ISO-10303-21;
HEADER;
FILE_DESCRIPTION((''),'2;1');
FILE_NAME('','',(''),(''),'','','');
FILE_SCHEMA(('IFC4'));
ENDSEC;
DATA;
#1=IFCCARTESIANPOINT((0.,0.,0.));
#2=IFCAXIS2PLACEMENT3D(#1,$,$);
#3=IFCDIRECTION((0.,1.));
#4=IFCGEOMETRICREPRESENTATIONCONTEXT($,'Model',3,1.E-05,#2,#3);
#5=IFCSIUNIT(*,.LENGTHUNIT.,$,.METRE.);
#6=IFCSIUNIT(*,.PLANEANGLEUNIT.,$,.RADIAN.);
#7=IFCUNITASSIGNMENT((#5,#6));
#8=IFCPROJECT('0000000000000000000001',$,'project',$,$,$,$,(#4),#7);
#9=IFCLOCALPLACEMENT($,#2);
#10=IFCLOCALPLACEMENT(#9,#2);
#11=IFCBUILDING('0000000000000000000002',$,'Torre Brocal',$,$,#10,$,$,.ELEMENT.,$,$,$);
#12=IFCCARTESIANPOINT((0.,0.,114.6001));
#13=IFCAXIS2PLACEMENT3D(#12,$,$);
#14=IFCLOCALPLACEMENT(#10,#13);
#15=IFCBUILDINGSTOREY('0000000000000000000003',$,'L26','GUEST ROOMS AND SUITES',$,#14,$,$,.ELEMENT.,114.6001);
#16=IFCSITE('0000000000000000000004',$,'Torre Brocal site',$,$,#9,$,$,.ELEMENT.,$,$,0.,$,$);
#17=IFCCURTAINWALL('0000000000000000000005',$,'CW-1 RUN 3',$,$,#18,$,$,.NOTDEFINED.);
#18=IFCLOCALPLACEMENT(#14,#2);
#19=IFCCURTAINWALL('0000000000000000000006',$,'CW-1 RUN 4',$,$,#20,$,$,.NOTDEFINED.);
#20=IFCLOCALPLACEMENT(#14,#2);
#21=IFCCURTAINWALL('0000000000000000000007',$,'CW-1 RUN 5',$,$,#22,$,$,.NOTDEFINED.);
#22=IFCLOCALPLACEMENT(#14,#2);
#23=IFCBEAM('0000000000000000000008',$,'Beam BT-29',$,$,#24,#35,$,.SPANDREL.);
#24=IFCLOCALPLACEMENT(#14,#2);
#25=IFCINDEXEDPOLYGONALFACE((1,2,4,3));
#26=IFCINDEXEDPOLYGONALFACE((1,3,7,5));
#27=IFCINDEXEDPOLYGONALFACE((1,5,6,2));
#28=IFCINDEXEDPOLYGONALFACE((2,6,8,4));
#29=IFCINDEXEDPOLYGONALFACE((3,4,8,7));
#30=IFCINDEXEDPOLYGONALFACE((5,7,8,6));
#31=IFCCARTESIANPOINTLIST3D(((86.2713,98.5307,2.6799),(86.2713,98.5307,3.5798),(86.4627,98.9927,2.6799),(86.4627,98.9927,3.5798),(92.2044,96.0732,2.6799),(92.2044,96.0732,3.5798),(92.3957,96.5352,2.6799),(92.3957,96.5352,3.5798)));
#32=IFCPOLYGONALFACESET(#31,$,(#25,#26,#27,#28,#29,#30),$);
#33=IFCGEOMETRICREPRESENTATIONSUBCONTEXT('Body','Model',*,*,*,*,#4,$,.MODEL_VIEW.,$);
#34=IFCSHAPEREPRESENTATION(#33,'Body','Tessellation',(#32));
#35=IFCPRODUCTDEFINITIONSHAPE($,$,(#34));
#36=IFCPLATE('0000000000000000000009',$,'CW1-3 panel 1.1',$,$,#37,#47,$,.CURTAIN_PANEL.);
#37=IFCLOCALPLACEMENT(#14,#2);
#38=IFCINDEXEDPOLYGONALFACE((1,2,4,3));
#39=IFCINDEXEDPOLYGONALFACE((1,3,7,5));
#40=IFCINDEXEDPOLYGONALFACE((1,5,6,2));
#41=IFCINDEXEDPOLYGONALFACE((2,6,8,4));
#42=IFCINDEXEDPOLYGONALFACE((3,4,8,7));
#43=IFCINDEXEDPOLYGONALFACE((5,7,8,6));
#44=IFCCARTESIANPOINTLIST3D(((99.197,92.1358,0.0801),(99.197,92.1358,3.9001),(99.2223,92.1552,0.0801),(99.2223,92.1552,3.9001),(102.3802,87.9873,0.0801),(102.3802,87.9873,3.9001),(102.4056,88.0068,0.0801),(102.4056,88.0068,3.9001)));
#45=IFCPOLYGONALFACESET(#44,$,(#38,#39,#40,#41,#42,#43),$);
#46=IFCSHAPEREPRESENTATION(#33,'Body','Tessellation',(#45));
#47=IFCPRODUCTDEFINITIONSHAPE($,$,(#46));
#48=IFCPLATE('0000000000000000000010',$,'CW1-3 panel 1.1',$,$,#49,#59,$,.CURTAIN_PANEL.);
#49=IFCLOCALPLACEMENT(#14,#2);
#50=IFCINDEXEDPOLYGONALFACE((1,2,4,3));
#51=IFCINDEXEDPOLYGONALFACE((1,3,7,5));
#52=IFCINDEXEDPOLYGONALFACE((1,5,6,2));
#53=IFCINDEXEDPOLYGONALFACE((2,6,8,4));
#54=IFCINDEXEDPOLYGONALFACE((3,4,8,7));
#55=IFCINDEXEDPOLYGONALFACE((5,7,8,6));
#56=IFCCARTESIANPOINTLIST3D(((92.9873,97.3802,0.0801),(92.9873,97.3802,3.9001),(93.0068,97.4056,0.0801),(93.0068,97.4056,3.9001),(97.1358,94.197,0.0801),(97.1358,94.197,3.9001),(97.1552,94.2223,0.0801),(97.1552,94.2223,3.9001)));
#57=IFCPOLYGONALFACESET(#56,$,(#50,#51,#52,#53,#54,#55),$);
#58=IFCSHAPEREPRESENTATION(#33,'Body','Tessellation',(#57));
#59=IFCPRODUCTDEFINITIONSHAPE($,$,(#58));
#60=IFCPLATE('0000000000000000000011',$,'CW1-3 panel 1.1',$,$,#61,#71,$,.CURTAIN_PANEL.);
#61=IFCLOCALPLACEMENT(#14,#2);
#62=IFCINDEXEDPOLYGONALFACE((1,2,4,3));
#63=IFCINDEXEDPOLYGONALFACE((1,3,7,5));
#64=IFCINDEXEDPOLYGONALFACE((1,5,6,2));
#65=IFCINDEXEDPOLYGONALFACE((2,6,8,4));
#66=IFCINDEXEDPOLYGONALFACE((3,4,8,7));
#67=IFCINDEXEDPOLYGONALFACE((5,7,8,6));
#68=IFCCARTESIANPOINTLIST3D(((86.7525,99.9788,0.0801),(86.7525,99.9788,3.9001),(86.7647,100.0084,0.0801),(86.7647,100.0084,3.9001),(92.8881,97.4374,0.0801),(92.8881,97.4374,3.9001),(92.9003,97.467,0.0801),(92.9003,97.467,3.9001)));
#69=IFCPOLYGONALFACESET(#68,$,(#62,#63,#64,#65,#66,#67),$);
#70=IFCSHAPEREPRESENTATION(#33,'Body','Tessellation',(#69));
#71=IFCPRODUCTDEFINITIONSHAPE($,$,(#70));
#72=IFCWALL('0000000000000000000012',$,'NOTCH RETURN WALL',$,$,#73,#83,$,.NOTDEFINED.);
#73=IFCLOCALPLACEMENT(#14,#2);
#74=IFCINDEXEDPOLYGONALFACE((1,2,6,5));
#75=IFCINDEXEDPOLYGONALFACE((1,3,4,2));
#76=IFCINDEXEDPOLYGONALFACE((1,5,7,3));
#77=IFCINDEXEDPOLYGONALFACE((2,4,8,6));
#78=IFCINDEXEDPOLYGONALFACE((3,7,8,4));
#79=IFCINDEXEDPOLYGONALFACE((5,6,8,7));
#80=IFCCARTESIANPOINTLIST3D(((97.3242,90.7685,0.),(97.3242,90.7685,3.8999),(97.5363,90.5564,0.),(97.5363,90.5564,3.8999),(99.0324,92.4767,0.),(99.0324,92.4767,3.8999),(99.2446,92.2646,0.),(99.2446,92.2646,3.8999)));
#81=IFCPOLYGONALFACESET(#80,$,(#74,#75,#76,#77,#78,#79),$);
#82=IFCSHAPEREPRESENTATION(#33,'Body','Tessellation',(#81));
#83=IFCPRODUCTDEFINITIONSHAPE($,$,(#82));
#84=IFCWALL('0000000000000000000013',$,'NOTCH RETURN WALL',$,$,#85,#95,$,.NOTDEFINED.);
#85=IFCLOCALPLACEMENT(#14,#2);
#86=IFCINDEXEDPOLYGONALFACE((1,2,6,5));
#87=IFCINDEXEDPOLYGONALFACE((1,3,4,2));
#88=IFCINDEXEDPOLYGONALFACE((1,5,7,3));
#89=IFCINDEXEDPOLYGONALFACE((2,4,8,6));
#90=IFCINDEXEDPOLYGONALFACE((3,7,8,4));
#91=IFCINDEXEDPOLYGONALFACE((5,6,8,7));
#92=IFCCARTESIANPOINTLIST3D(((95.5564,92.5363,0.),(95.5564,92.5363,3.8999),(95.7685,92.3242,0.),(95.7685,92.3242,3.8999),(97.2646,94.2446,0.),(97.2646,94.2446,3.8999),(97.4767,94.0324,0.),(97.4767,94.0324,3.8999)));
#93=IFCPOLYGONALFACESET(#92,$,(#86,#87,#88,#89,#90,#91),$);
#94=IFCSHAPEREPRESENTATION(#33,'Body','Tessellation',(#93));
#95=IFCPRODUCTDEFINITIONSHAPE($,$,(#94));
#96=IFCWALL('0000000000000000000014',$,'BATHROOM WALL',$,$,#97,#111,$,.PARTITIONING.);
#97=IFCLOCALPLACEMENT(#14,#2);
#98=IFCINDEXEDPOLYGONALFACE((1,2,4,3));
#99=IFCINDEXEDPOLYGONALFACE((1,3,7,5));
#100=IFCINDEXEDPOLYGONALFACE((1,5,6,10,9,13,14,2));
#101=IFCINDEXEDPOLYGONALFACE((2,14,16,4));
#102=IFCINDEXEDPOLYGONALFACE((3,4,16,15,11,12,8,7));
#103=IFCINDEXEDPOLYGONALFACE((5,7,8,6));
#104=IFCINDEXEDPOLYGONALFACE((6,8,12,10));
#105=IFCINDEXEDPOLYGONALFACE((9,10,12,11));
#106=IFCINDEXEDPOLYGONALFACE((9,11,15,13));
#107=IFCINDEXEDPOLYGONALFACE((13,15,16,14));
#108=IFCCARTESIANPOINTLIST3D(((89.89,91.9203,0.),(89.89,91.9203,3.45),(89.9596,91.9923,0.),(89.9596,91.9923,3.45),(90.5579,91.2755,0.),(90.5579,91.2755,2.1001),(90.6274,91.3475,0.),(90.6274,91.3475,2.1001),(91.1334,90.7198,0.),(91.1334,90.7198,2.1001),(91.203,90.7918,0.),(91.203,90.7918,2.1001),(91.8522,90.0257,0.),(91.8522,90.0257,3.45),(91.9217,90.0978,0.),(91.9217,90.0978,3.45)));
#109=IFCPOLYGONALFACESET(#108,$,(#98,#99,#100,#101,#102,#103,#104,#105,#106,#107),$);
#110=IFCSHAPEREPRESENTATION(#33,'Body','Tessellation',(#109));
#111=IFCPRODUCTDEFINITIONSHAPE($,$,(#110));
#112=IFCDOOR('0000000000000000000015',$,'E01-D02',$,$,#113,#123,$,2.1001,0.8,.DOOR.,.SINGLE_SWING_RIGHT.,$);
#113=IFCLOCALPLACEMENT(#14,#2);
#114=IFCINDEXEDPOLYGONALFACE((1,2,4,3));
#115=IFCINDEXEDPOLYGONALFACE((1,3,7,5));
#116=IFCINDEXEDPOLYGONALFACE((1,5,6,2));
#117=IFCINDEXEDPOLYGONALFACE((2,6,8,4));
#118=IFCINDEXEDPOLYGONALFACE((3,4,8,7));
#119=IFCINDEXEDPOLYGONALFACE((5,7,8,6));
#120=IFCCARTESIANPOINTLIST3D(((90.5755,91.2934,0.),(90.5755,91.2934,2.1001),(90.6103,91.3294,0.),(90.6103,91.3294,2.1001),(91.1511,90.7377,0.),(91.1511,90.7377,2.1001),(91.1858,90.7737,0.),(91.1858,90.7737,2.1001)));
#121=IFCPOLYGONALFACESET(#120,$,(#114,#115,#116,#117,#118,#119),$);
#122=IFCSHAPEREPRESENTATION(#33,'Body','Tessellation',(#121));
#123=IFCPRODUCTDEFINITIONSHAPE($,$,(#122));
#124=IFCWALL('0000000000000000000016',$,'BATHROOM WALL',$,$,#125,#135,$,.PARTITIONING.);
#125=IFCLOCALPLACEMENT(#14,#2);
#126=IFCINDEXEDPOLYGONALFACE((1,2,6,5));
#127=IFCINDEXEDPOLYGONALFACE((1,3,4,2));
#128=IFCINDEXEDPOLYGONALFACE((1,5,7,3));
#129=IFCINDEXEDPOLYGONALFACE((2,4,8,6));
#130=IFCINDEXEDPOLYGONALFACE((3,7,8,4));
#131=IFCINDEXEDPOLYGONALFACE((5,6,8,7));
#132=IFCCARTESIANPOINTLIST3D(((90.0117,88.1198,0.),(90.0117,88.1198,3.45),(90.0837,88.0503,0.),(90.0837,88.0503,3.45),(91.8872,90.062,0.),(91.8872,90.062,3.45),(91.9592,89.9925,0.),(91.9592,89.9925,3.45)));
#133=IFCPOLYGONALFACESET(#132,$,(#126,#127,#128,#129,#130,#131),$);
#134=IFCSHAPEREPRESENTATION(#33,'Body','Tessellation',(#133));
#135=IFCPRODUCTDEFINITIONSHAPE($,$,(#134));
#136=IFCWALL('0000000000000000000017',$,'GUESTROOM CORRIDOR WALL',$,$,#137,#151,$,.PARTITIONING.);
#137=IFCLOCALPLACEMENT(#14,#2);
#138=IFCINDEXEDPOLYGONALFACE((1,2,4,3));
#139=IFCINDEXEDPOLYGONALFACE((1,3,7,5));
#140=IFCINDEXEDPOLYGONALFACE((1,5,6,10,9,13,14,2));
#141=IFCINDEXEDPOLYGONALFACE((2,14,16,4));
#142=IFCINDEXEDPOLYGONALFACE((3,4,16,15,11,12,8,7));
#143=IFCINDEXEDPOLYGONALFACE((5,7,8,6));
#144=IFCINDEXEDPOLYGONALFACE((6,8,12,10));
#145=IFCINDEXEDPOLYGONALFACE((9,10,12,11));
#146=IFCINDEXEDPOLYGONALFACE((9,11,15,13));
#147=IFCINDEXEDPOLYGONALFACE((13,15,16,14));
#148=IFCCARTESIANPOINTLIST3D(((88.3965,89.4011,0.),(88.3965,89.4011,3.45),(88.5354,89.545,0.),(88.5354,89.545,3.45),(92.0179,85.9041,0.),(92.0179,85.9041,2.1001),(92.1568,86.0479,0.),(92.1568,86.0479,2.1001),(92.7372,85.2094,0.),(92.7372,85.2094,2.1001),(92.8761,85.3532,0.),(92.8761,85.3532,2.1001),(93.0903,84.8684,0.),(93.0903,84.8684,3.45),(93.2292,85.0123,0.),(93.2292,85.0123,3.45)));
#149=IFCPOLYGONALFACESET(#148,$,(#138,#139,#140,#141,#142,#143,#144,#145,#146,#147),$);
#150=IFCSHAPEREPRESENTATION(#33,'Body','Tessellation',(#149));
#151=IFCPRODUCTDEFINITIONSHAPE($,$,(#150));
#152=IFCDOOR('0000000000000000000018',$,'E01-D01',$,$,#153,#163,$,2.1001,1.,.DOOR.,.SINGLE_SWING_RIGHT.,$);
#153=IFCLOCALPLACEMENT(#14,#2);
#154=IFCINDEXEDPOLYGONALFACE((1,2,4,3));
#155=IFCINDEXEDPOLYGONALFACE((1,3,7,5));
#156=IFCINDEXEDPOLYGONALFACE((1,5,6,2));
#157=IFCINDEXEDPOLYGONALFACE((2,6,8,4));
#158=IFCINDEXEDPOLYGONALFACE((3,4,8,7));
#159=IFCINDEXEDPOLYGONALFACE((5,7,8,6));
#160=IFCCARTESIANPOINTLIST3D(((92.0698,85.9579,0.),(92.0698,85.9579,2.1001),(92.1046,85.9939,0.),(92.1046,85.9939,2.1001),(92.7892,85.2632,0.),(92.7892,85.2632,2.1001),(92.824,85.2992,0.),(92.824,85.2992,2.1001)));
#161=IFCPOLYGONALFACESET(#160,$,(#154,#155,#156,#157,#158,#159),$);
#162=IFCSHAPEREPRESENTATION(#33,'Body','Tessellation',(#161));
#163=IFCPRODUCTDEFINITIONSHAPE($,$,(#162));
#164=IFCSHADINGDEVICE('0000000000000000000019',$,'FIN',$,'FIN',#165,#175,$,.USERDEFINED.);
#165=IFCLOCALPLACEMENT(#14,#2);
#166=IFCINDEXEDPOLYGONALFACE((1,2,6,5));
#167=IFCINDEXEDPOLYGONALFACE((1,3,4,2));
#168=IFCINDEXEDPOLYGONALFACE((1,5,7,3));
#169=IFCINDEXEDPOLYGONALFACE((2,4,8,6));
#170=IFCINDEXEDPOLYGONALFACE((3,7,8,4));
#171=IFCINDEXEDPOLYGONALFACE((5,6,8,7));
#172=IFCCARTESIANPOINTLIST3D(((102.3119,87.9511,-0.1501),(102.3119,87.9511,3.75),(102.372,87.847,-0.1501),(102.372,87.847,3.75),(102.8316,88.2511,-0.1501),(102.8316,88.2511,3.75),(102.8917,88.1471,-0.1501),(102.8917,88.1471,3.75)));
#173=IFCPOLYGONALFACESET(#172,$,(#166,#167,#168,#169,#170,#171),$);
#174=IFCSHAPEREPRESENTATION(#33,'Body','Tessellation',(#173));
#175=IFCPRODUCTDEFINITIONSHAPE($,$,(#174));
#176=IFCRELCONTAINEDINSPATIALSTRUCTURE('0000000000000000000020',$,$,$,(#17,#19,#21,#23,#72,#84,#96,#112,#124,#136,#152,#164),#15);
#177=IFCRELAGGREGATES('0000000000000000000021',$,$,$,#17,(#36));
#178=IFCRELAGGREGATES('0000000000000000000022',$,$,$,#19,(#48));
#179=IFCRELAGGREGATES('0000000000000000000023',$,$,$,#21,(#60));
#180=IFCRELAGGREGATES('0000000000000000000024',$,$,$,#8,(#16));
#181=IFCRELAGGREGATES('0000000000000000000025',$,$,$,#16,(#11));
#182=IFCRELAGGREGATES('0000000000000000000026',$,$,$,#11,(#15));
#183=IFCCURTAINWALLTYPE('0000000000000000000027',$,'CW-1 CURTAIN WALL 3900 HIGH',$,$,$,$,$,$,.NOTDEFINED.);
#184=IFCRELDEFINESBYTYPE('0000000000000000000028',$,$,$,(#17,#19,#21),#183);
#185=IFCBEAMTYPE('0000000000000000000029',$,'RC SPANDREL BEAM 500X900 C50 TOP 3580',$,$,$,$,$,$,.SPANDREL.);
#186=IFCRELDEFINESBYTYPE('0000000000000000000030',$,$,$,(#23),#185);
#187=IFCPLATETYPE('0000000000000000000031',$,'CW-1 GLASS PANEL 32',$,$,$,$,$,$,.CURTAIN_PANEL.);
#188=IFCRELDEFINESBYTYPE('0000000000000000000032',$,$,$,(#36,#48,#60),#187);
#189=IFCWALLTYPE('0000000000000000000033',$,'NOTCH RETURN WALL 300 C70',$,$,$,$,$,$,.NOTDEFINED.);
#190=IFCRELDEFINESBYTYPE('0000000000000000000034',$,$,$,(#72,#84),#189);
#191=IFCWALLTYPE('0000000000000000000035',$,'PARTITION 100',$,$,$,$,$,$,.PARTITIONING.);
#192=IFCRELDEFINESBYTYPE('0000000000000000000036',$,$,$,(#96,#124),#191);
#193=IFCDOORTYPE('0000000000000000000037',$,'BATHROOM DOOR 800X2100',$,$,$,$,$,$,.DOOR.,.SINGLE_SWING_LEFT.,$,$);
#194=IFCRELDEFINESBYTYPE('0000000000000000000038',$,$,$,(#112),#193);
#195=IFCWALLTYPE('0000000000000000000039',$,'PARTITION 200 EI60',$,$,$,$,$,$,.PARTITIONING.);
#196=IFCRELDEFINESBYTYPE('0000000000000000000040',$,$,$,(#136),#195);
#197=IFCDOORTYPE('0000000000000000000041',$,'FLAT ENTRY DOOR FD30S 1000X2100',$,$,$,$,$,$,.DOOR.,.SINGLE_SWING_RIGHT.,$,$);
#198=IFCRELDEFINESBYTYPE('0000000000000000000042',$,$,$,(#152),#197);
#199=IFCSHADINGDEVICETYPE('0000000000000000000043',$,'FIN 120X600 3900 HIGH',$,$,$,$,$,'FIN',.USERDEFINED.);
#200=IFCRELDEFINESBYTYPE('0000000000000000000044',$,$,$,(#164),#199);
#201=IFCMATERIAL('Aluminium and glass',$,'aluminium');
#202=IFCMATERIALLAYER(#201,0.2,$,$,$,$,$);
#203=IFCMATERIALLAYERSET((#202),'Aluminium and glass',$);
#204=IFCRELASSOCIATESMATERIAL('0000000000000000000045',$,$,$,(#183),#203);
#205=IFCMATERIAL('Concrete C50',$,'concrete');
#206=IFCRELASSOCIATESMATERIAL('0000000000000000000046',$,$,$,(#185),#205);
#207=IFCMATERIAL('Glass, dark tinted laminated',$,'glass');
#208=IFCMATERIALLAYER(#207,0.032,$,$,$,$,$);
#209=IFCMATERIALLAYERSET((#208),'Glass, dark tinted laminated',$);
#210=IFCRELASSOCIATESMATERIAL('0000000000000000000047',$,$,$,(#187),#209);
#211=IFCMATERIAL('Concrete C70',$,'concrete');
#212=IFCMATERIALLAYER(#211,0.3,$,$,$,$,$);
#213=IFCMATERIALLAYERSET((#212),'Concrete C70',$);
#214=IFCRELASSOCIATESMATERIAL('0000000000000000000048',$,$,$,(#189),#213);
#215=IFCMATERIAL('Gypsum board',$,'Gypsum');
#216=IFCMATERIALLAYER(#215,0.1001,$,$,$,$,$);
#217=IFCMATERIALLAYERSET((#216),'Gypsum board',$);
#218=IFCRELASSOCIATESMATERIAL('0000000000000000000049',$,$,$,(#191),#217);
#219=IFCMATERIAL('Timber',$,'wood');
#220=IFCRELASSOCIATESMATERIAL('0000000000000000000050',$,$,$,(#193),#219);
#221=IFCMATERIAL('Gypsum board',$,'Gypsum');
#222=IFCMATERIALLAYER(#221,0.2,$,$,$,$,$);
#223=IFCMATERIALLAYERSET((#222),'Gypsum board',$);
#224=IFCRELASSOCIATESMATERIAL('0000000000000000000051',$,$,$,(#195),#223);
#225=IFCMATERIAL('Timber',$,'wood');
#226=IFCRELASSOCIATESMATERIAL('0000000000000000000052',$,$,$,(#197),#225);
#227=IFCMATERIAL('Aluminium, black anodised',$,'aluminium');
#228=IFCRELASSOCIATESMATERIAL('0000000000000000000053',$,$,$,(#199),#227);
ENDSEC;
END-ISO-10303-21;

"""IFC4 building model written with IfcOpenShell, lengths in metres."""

from ifc_helpers import new_model, si_unit, direction, frame, frame_2d, origin, origin_2d, place, context, subcontext, project, spatial, rectangle, extrude, material, layer, layer_set, material_profile, profile_set, type_object, element, fill, aggregate, save


model = new_model("IFC4")

# Units and contexts
model_context = context("Model", 3, precision=1e-05, world=origin(), true_north=direction((0.0, 1.0)))
body_context = subcontext(model_context, "Body", "Model", "MODEL_VIEW")
ifc_project = project(units=[si_unit("LENGTHUNIT", "METRE"), si_unit("PLANEANGLEUNIT", "RADIAN")], contexts=[model_context])

# Site, building, storey
site_placement = place(None, origin())
site = spatial("IfcSite", under=ifc_project, at=site_placement, Name="Torre Brocal site", CompositionType="ELEMENT", RefElevation=0.0)
building_placement = place(site_placement, origin())
building = spatial("IfcBuilding", under=site, at=building_placement, Name="Torre Brocal", CompositionType="ELEMENT")
storey_placement = place(building_placement, frame((0.0, 0.0, 114.6001)))
storey = spatial("IfcBuildingStorey", under=building, at=storey_placement, Name="L26", Description="GUEST ROOMS AND SUITES", CompositionType="ELEMENT", Elevation=114.6001)

# Curtain walls
ifc_material_1 = material(Name="Aluminium and glass", Category="aluminium")
ifc_layer_1 = layer(ifc_material_1, 0.2)
ifc_layer_set_1 = layer_set([ifc_layer_1], Name="Aluminium and glass")
curtain_wall_type = type_object("IfcCurtainWallType", Name="CW-1 CURTAIN WALL 3900 HIGH", PredefinedType="NOTDEFINED", material=ifc_layer_set_1)
curtain_wall_1_placement = place(storey_placement, origin())
curtain_wall_1 = element("IfcCurtainWall", 1, at=curtain_wall_1_placement, inside=storey, type_object=curtain_wall_type, Name="CW-1 RUN 3", PredefinedType="NOTDEFINED")
curtain_wall_2_placement = place(storey_placement, origin())
curtain_wall_2 = element("IfcCurtainWall", 2, at=curtain_wall_2_placement, inside=storey, type_object=curtain_wall_type, Name="CW-1 RUN 4", PredefinedType="NOTDEFINED")

# Curtain wall
curtain_wall_3_placement = place(storey_placement, origin())
curtain_wall_3 = element("IfcCurtainWall", 3, at=curtain_wall_3_placement, inside=storey, type_object=curtain_wall_type, Name="CW-1 RUN 5", PredefinedType="NOTDEFINED")

# Beam
ifc_material_2 = material(Name="Concrete C50", Category="concrete")
ifc_material_profile_1 = material_profile(ifc_material_2, rectangle(XDim=0.5, YDim=0.8999, at=origin_2d()), Name="RC 500X900")
ifc_profile_set_1 = profile_set([ifc_material_profile_1], Name="Concrete C50")
beam_type_1 = type_object("IfcBeamType", Name="RC SPANDREL BEAM 500X900 C50 TOP 3580", PredefinedType="SPANDREL", material=ifc_profile_set_1)
beam_1_placement = place(storey_placement, frame((92.3, 96.3042, 3.1299), z_axis=(-0.923882, 0.382676, 0.0), x_axis=(-0.382676, -0.923882, 0.0)))
element("IfcBeam", 4, at=beam_1_placement, inside=storey, type_object=beam_type_1, Name="Beam BT-29", PredefinedType="SPANDREL", context=body_context, shape_type="SweptSolid", body=[
    extrude(rectangle(XDim=0.5, YDim=0.8999, at=origin_2d()), origin(), (0.0, 0.0, 1.0), 6.4219),
])

# Plates
ifc_material_3 = material(Name="Glass, dark tinted laminated", Category="glass")
ifc_layer_2 = layer(ifc_material_3, 0.032)
ifc_layer_set_2 = layer_set([ifc_layer_2], Name="Glass, dark tinted laminated")
plate_type = type_object("IfcPlateType", Name="CW-1 GLASS PANEL 32", PredefinedType="CURTAIN_PANEL", material=ifc_layer_set_2)
plate_1_placement = place(storey_placement, frame((100.8013, 90.0713, 0.0801), z_axis=(0.0, 0.0, 1.0), x_axis=(-0.608761, 0.793353, 0.0)))
plate_1 = element("IfcPlate", 5, at=plate_1_placement, type_object=plate_type, Name="CW1-3 panel 1.1", PredefinedType="CURTAIN_PANEL", context=body_context, shape_type="SweptSolid", body=[
    extrude(rectangle(XDim=5.229, YDim=0.032, at=origin_2d()), origin(), (0.0, 0.0, 1.0), 3.8201),
])
aggregate(curtain_wall_1, [plate_1])
plate_2_placement = place(storey_placement, frame((95.0713, 95.8013, 0.0801), z_axis=(0.0, 0.0, 1.0), x_axis=(-0.793353, 0.608761, 0.0)))
plate_2 = element("IfcPlate", 6, at=plate_2_placement, type_object=plate_type, Name="CW1-3 panel 1.1", PredefinedType="CURTAIN_PANEL", context=body_context, shape_type="SweptSolid", body=[
    extrude(rectangle(XDim=5.229, YDim=0.032, at=origin_2d()), origin(), (0.0, 0.0, 1.0), 3.8201),
])
aggregate(curtain_wall_2, [plate_2])
plate_3_placement = place(storey_placement, frame((89.8264, 98.7229, 0.0801), z_axis=(0.0, 0.0, 1.0), x_axis=(-0.92388, 0.382683, 0.0)))
plate_3 = element("IfcPlate", 7, at=plate_3_placement, type_object=plate_type, Name="CW1-3 panel 1.1", PredefinedType="CURTAIN_PANEL", context=body_context, shape_type="SweptSolid", body=[
    extrude(rectangle(XDim=6.6411, YDim=0.032, at=origin_2d()), origin(), (0.0, 0.0, 1.0), 3.8201),
])
aggregate(curtain_wall_3, [plate_3])

# Walls
ifc_material_4 = material(Name="Concrete C70", Category="concrete")
ifc_layer_3 = layer(ifc_material_4, 0.3)
ifc_layer_set_3 = layer_set([ifc_layer_3], Name="Concrete C70")
wall_type_1 = type_object("IfcWallType", Name="NOTCH RETURN WALL 300 C70", PredefinedType="NOTDEFINED", material=ifc_layer_set_3)
for number, where, z_axis, x_axis, name in (
    (8, (97.4302, 90.6624, 0.0), (0.0, 0.0, 1.0), (0.707107, 0.707107, 0.0), "NOTCH RETURN WALL"),
    (9, (95.6624, 92.4302, 0.0), (0.0, 0.0, 1.0), (0.707107, 0.707107, 0.0), "NOTCH RETURN WALL"),
):
    element("IfcWall", number, at=place(storey_placement, frame(where, z_axis=z_axis, x_axis=x_axis)), inside=storey, type_object=wall_type_1, Name=name, PredefinedType="NOTDEFINED", context=body_context, shape_type="SweptSolid", body=[
        extrude(rectangle(XDim=2.4158, YDim=0.3, at=frame_2d((1.208, 0.0))), origin(), (0.0, 0.0, 1.0), 3.8999),
    ])

# Wall, opening, door
ifc_material_5 = material(Name="Gypsum board", Category="Gypsum")
ifc_layer_4 = layer(ifc_material_5, 0.1001)
ifc_layer_set_4 = layer_set([ifc_layer_4], Name="Gypsum board")
wall_type_2 = type_object("IfcWallType", Name="PARTITION 100", PredefinedType="PARTITIONING", material=ifc_layer_set_4)
wall_1_placement = place(storey_placement, frame((89.9248, 91.9563, 0.0), z_axis=(0.0, 0.0, 1.0), x_axis=(0.719395, -0.694601, 0.0)))
wall_1 = element("IfcWall", 10, at=wall_1_placement, inside=storey, type_object=wall_type_2, Name="BATHROOM WALL", PredefinedType="PARTITIONING", context=body_context, shape_type="SweptSolid", body=[
    extrude(rectangle(XDim=2.7275, YDim=0.1001, at=frame_2d((1.3638, 0.0))), origin(), (0.0, 0.0, 1.0), 3.45),
])
opening_1_placement = place(wall_1_placement, frame((0.9285, 0.0, 0.0)))
opening_1 = element("IfcOpeningElement", 11, at=opening_1_placement, cuts=wall_1, PredefinedType="OPENING", context=body_context, shape_type="SweptSolid", body=[
    extrude(rectangle(XDim=0.8, YDim=2.1001, at=frame_2d((0.3999, 1.05))), frame((0.0, 0.0601, 0.0), z_axis=(0.0, -1.0, 0.0), x_axis=(1.0, 0.0, 0.0)), (0.0, 0.0, 1.0), 0.1201),
])
ifc_material_6 = material(Name="Timber", Category="wood")
door_type_1 = type_object("IfcDoorType", Name="BATHROOM DOOR 800X2100", OperationType="SINGLE_SWING_LEFT", PredefinedType="DOOR", material=ifc_material_6)
door_1_placement = place(opening_1_placement, frame((0.8, 0.0, 0.0), z_axis=(0.0, 0.0, 1.0), x_axis=(-1.0, 0.0, 0.0)))
door_1 = element("IfcDoor", 12, at=door_1_placement, inside=storey, type_object=door_type_1, Name="E01-D02", OperationType="SINGLE_SWING_RIGHT", OverallHeight=2.1001, OverallWidth=0.8, PredefinedType="DOOR", context=body_context, shape_type="SweptSolid", body=[
    extrude(rectangle(XDim=0.8, YDim=2.1001, at=frame_2d((0.3999, 1.05))), frame((0.0, 0.0249, 0.0), z_axis=(0.0, -1.0, 0.0), x_axis=(1.0, 0.0, 0.0)), (0.0, 0.0, 1.0), 0.05),
])
fill(opening_1, door_1)

# Wall
wall_2_placement = place(storey_placement, frame((90.0476, 88.085, 0.0), z_axis=(0.0, 0.0, 1.0), x_axis=(0.694656, 0.719342, 0.0)))
element("IfcWall", 13, at=wall_2_placement, inside=storey, type_object=wall_type_2, Name="BATHROOM WALL", PredefinedType="PARTITIONING", context=body_context, shape_type="SweptSolid", body=[
    extrude(rectangle(XDim=2.7, YDim=0.1001, at=frame_2d((1.3501, 0.0))), origin(), (0.0, 0.0, 1.0), 3.45),
])

# Wall, opening, door
ifc_material_7 = material(Name="Gypsum board", Category="Gypsum")
ifc_layer_5 = layer(ifc_material_7, 0.2)
ifc_layer_set_5 = layer_set([ifc_layer_5], Name="Gypsum board")
wall_type_3 = type_object("IfcWallType", Name="PARTITION 200 EI60", PredefinedType="PARTITIONING", material=ifc_layer_set_5)
wall_3_placement = place(storey_placement, frame((88.4658, 89.4731, 0.0), z_axis=(0.0, 0.0, 1.0), x_axis=(0.719346, -0.694652, 0.0)))
wall_3 = element("IfcWall", 14, at=wall_3_placement, inside=storey, type_object=wall_type_3, Name="GUESTROOM CORRIDOR WALL", PredefinedType="PARTITIONING", context=body_context, shape_type="SweptSolid", body=[
    extrude(rectangle(XDim=6.5251, YDim=0.2, at=frame_2d((3.2627, 0.0))), origin(), (0.0, 0.0, 1.0), 3.45),
])
opening_2_placement = place(wall_3_placement, frame((5.0344, 0.0, 0.0)))
opening_2 = element("IfcOpeningElement", 15, at=opening_2_placement, cuts=wall_3, PredefinedType="OPENING", context=body_context, shape_type="SweptSolid", body=[
    extrude(rectangle(XDim=1.0, YDim=2.1001, at=frame_2d((0.5, 1.05))), frame((0.0, 0.1099, 0.0), z_axis=(0.0, -1.0, 0.0), x_axis=(1.0, 0.0, 0.0)), (0.0, 0.0, 1.0), 0.22),
])
ifc_material_8 = material(Name="Timber", Category="wood")
door_type_2 = type_object("IfcDoorType", Name="FLAT ENTRY DOOR FD30S 1000X2100", OperationType="SINGLE_SWING_RIGHT", PredefinedType="DOOR", material=ifc_material_8)
door_2_placement = place(opening_2_placement, origin())
door_2 = element("IfcDoor", 16, at=door_2_placement, inside=storey, type_object=door_type_2, Name="E01-D01", OperationType="SINGLE_SWING_RIGHT", OverallHeight=2.1001, OverallWidth=1.0, PredefinedType="DOOR", context=body_context, shape_type="SweptSolid", body=[
    extrude(rectangle(XDim=1.0, YDim=2.1001, at=frame_2d((0.5, 1.05))), frame((0.0, 0.0249, 0.0), z_axis=(0.0, -1.0, 0.0), x_axis=(1.0, 0.0, 0.0)), (0.0, 0.0, 1.0), 0.05),
])
fill(opening_2, door_2)

# Shading device
ifc_material_9 = material(Name="Aluminium, black anodised", Category="aluminium")
ifc_material_profile_2 = material_profile(ifc_material_9, rectangle(XDim=0.1201, YDim=0.6001, at=origin_2d()), Name="FIN 120X600 3900 HIGH")
ifc_profile_set_2 = profile_set([ifc_material_profile_2], Name="Aluminium, black anodised")
shading_device_type = type_object("IfcShadingDeviceType", Name="FIN 120X600 3900 HIGH", ElementType="FIN", PredefinedType="USERDEFINED", material=ifc_profile_set_2)
for number, where, z_axis, x_axis, name in (
    (17, (102.6018, 88.0491, -0.1501), (0.0, 0.0, 1.0), (-0.5, 0.866025, 0.0), "FIN"),
):
    element("IfcShadingDevice", number, at=place(storey_placement, frame(where, z_axis=z_axis, x_axis=x_axis)), inside=storey, type_object=shading_device_type, Name=name, ObjectType="FIN", PredefinedType="USERDEFINED", context=body_context, shape_type="SweptSolid", body=[
        extrude(rectangle(XDim=0.1201, YDim=0.6001, at=origin_2d()), origin(), (0.0, 0.0, 1.0), 3.9001),
    ])

save(model, "model.ifc")
